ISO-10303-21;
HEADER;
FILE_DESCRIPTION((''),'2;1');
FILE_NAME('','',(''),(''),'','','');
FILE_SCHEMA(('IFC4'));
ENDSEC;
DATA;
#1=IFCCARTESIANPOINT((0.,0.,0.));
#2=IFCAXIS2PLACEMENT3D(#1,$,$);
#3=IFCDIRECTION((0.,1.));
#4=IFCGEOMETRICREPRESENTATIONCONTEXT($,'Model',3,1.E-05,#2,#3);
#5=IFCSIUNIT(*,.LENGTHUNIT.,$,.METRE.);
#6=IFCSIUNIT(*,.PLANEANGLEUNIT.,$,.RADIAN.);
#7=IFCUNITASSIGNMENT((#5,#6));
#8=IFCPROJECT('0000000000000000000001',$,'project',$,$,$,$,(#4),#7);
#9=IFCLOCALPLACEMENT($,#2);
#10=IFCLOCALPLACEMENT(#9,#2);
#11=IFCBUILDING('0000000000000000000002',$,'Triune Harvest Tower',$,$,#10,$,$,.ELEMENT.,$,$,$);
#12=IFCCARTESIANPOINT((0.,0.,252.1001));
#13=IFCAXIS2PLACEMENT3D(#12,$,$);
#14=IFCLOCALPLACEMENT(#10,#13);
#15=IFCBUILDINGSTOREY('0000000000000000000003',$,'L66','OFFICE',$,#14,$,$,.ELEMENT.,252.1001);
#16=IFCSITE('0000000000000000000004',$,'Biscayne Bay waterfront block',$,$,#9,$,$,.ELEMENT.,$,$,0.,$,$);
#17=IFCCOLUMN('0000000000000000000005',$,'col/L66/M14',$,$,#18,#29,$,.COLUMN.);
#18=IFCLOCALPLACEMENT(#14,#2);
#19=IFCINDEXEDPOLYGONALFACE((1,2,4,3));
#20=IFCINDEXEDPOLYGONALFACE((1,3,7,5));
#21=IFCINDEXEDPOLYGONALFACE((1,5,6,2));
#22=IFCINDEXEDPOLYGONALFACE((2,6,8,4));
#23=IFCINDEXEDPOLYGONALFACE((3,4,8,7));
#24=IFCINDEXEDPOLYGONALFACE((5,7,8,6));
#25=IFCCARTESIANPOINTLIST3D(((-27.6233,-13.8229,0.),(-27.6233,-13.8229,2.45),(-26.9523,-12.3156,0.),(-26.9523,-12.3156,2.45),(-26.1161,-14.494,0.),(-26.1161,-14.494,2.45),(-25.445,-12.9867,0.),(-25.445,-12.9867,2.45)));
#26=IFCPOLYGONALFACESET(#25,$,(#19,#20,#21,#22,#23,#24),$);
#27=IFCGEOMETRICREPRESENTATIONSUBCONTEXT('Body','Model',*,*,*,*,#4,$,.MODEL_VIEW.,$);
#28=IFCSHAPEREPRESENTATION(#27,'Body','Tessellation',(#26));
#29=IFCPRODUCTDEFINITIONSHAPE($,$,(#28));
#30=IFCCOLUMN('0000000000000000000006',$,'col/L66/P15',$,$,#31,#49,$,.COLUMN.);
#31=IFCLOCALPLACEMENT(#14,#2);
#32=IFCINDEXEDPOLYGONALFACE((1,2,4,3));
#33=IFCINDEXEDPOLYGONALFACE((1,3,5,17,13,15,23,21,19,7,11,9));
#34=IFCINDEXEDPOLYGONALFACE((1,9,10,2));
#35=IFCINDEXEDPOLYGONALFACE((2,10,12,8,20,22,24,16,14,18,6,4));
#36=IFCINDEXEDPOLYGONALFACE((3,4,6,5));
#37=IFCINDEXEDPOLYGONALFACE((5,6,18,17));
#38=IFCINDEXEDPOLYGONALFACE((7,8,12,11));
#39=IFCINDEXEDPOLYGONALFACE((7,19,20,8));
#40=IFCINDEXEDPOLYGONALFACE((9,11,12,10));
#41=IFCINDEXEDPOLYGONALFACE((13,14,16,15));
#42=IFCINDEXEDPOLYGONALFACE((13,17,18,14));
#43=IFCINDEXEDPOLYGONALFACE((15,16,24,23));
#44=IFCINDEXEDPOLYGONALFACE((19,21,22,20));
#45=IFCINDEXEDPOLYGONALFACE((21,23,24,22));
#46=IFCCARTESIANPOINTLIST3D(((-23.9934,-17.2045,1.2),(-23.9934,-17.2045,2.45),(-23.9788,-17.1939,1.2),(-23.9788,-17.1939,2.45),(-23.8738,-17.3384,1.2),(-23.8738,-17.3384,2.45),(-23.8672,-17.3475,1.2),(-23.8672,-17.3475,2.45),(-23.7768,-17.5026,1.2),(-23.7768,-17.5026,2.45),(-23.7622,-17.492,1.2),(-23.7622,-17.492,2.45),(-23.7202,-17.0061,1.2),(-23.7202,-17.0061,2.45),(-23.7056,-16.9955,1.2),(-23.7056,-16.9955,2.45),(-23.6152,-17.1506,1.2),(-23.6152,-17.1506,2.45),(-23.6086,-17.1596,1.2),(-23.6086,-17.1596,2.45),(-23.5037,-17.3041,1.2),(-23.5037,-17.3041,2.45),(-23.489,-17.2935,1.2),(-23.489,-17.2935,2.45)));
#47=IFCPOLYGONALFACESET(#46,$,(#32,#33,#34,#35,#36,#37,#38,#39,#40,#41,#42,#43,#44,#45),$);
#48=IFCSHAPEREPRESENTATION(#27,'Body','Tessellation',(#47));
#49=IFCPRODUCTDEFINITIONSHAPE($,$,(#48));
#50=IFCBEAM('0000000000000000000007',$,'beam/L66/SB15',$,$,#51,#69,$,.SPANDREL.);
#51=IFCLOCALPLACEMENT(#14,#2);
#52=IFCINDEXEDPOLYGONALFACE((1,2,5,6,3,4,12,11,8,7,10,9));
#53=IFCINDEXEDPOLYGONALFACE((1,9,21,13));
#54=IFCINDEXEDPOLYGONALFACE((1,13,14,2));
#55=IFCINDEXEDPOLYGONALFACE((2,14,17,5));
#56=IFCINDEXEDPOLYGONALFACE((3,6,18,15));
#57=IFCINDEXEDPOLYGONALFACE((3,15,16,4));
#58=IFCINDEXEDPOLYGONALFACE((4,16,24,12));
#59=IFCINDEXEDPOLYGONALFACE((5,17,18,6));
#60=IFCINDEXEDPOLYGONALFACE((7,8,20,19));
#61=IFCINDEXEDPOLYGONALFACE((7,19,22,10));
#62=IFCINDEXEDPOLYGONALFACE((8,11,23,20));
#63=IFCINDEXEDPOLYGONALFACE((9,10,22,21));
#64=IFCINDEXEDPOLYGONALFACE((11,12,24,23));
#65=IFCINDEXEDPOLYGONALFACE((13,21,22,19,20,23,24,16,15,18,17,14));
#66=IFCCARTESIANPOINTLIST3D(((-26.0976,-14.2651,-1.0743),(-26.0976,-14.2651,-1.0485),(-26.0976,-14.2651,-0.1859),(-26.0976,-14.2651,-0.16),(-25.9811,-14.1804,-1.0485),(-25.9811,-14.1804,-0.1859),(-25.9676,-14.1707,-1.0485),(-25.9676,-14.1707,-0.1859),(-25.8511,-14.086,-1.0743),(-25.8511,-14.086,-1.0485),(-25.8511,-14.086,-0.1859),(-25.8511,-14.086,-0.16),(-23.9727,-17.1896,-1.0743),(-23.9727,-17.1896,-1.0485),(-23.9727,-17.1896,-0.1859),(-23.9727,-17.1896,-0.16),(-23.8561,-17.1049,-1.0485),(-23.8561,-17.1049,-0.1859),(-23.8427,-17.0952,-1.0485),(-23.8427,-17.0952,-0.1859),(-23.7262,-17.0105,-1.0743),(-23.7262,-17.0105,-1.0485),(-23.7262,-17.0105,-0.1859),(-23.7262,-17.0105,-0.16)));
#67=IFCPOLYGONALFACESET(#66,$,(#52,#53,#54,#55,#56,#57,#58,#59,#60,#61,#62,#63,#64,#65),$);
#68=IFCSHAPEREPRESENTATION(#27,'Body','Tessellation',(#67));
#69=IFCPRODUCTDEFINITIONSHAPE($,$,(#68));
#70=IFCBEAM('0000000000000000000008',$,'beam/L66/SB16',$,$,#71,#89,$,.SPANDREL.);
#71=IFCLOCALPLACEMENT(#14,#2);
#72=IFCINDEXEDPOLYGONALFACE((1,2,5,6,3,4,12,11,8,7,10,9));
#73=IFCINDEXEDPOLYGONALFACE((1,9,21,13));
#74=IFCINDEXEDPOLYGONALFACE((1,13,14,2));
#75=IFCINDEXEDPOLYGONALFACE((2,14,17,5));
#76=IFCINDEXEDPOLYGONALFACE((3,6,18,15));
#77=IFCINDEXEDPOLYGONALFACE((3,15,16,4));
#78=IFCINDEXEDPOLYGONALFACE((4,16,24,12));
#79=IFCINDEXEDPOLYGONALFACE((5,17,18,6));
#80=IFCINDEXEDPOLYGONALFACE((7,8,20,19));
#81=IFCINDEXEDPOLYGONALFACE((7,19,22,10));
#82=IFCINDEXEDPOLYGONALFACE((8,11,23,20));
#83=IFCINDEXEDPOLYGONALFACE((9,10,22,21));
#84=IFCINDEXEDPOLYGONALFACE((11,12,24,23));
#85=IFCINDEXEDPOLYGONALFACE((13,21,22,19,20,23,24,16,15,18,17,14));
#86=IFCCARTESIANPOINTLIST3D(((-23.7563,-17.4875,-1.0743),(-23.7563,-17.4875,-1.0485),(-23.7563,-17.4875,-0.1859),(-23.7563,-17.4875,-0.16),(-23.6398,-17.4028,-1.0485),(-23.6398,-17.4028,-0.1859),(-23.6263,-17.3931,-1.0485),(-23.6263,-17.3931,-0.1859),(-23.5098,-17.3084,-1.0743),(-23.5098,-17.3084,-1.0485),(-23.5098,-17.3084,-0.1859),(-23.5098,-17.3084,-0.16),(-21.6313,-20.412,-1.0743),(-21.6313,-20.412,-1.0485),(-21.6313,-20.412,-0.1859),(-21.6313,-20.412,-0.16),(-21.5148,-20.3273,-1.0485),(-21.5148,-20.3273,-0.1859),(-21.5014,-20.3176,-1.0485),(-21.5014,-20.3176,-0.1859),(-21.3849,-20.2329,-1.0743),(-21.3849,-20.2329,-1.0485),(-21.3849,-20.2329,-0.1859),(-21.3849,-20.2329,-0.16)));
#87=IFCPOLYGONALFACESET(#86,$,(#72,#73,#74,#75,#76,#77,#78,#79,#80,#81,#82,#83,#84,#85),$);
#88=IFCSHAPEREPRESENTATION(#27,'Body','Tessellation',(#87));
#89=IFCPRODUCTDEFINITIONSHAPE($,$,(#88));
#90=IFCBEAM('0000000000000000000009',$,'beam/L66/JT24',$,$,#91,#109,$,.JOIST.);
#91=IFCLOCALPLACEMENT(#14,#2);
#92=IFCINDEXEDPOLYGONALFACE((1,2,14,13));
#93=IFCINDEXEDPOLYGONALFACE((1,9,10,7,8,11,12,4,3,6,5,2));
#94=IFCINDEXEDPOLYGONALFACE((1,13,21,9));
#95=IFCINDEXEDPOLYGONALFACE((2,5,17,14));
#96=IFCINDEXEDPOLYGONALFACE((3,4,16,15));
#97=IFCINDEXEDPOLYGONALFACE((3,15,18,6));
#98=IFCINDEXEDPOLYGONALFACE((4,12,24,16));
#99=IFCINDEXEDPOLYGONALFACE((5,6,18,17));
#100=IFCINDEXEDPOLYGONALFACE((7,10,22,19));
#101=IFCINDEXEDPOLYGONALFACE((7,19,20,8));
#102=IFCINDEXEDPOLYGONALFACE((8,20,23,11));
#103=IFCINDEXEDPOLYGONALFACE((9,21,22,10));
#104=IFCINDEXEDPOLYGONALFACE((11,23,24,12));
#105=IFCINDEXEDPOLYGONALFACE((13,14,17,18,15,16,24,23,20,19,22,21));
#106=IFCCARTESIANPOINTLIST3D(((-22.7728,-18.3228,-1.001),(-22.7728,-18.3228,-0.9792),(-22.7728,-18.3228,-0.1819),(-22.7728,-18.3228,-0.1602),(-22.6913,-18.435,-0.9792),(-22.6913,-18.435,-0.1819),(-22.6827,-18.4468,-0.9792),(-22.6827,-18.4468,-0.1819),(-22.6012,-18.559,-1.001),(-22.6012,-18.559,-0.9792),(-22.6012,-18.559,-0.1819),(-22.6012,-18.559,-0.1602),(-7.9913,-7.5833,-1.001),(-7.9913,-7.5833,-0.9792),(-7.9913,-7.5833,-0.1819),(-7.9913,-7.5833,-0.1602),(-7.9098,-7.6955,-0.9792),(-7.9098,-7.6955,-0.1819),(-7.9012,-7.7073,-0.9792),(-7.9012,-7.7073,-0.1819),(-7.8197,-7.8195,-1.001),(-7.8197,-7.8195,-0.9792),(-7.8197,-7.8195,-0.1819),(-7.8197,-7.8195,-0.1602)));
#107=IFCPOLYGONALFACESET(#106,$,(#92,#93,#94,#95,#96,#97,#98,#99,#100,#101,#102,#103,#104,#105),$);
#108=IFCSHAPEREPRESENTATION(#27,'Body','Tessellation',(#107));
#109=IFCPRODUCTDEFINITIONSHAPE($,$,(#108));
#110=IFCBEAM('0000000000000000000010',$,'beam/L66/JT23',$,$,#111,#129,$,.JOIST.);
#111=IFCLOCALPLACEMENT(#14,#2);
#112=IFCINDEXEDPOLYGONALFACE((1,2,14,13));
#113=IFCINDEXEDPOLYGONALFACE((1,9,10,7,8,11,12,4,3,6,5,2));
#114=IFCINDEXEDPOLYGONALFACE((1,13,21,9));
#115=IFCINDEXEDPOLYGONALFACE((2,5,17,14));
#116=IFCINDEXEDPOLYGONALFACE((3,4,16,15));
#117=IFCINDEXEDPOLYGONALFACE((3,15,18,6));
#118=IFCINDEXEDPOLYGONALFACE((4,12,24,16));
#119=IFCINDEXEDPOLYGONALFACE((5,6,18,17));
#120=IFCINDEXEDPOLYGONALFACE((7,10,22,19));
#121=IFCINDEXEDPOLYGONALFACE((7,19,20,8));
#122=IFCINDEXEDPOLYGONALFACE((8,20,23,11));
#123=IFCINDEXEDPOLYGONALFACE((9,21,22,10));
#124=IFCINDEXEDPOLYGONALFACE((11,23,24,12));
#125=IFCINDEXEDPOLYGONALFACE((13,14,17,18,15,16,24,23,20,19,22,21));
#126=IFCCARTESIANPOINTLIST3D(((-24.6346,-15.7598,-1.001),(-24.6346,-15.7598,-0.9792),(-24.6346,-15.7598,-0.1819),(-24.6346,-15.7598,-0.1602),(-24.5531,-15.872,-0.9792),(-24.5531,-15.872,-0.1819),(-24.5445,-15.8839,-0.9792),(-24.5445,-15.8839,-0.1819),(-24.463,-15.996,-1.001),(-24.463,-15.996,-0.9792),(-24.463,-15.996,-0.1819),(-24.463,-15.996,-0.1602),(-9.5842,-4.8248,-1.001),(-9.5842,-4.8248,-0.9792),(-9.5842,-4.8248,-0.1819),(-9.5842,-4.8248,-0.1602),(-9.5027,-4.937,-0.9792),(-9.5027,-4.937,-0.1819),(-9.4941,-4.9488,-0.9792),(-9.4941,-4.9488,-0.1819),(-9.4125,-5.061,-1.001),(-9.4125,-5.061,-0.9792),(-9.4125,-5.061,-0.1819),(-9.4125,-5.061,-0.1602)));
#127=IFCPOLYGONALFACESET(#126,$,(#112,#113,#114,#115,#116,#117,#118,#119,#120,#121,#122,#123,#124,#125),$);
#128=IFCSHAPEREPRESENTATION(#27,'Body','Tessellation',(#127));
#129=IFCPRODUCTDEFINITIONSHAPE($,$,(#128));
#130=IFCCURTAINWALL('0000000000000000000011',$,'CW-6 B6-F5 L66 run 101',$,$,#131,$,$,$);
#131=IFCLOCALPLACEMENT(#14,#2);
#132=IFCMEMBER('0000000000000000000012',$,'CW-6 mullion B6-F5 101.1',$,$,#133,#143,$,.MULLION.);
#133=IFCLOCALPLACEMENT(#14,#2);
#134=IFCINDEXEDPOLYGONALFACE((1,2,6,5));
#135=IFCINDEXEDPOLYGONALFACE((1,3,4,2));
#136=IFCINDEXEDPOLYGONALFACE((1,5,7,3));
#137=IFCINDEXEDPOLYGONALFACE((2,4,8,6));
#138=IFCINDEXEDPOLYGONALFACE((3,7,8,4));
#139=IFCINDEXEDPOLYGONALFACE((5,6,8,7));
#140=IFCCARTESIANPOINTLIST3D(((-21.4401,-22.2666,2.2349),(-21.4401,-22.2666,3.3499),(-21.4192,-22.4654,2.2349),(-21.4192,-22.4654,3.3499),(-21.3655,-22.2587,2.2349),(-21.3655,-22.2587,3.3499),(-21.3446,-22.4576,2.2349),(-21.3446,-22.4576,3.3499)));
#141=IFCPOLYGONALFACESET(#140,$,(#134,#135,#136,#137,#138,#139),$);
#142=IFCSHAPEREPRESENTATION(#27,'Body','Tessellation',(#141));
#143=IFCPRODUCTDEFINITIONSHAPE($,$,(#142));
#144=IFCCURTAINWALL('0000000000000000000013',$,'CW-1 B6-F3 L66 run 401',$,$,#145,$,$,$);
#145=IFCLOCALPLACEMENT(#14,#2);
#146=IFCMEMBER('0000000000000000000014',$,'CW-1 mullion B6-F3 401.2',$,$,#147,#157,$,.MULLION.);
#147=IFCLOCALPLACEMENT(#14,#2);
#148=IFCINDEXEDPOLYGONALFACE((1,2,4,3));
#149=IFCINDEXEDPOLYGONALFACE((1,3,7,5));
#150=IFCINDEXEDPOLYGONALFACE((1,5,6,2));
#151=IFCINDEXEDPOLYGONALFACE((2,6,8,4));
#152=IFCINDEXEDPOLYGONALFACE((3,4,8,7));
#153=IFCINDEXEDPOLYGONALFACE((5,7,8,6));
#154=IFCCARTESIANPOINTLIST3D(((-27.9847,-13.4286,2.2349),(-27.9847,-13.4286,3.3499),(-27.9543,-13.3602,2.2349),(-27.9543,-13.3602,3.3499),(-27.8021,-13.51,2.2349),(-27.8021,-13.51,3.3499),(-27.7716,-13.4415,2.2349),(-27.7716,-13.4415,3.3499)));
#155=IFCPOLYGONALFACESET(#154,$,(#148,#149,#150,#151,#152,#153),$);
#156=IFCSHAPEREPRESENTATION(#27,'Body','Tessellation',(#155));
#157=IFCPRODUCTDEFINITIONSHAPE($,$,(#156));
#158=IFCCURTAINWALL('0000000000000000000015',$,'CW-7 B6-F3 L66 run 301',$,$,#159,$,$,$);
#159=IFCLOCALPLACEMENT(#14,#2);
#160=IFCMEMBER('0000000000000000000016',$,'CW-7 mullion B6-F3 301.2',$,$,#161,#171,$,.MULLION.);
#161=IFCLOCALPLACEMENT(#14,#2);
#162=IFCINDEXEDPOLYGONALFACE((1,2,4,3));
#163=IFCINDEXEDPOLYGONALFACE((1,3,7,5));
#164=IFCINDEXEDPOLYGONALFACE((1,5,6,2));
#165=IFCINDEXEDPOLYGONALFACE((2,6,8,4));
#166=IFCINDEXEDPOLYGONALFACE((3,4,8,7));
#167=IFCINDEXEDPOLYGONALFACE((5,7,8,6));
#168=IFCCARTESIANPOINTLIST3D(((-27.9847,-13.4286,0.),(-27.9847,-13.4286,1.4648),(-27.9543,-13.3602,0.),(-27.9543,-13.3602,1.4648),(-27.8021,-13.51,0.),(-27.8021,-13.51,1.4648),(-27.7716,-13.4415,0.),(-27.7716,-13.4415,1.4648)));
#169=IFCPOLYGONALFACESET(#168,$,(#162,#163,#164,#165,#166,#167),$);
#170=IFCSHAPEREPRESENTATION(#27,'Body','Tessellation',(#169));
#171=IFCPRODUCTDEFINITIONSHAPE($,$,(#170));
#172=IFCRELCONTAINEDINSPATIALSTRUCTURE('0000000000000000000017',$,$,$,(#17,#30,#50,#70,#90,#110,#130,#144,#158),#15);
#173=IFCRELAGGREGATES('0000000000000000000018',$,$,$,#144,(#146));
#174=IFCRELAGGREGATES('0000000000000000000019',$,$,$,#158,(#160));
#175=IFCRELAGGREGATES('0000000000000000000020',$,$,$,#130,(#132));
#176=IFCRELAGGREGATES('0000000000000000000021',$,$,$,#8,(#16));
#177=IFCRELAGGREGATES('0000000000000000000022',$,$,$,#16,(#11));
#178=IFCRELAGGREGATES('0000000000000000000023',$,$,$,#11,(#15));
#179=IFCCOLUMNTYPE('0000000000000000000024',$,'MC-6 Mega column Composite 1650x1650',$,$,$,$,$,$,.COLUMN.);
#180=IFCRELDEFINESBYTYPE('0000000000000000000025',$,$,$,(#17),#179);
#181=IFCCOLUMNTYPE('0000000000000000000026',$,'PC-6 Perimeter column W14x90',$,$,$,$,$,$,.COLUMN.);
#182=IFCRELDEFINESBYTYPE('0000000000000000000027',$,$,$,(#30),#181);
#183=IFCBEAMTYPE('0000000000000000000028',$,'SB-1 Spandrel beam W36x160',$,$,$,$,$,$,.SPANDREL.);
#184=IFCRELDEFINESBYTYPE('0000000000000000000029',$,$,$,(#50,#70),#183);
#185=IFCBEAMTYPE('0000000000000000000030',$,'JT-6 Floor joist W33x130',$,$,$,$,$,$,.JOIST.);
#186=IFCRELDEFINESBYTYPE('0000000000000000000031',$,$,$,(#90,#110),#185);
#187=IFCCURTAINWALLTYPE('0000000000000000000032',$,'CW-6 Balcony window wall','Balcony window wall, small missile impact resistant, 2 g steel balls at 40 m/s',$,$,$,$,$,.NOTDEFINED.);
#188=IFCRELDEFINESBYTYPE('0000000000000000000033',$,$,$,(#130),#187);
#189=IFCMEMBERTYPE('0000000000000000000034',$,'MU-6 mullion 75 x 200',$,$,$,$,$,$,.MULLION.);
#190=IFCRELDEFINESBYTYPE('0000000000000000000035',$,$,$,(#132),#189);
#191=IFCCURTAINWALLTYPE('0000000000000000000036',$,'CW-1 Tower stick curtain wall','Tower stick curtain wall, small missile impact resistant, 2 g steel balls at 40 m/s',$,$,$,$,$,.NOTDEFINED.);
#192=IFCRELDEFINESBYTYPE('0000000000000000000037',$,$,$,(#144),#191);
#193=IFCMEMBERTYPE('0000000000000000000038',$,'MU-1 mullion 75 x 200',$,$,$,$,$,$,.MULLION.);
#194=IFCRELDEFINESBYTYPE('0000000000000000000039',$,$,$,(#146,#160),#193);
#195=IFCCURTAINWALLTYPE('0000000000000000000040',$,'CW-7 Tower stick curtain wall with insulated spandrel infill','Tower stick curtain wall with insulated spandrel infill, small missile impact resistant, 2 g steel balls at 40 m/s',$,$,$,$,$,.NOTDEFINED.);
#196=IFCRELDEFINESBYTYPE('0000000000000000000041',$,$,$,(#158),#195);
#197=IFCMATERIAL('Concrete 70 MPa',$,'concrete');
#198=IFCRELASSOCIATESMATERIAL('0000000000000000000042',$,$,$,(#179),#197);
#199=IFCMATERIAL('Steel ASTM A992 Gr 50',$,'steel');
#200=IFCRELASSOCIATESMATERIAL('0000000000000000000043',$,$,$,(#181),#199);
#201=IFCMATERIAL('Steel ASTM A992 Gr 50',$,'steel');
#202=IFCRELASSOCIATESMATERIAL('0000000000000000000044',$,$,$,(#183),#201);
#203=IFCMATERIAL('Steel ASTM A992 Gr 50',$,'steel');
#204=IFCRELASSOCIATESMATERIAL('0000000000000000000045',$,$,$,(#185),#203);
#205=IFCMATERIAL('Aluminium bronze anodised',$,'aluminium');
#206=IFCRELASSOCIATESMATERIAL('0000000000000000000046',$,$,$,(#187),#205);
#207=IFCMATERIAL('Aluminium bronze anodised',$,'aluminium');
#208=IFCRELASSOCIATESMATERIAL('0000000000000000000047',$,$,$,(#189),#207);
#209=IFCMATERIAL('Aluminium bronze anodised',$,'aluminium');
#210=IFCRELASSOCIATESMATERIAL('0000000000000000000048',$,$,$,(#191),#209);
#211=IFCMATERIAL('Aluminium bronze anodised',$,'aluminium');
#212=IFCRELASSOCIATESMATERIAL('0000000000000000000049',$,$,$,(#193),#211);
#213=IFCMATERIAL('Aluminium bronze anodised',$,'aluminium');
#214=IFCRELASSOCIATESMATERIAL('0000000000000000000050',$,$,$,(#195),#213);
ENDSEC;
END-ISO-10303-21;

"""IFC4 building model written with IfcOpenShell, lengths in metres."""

from ifc_helpers import new_model, si_unit, direction, frame, origin, origin_2d, place, context, subcontext, project, spatial, rectangle, i_section, extrude, source, transform, mapped, material, material_profile, profile_set, type_object, element, aggregate, save


model = new_model("IFC4")

# Units and contexts
model_context = context("Model", 3, precision=1e-05, world=origin(), true_north=direction((0.0, 1.0)))
body_context = subcontext(model_context, "Body", "Model", "MODEL_VIEW")
ifc_project = project(units=[si_unit("LENGTHUNIT", "METRE"), si_unit("PLANEANGLEUNIT", "RADIAN")], contexts=[model_context])

# Site, building, storey
site_placement = place(None, origin())
site = spatial("IfcSite", under=ifc_project, at=site_placement, Name="Biscayne Bay waterfront block", CompositionType="ELEMENT", RefElevation=0.0)
building_placement = place(site_placement, origin())
building = spatial("IfcBuilding", under=site, at=building_placement, Name="Triune Harvest Tower", CompositionType="ELEMENT")
storey_placement = place(building_placement, frame((0.0, 0.0, 252.1001)))
storey = spatial("IfcBuildingStorey", under=building, at=storey_placement, Name="L66", Description="OFFICE", CompositionType="ELEMENT", Elevation=252.1001)

# Columns
ifc_material_1 = material(Name="Concrete 70 MPa", Category="concrete")
ifc_material_profile_1 = material_profile(ifc_material_1, rectangle(XDim=1.6499, YDim=1.6499, at=origin_2d()), Name="Composite 1650x1650")
ifc_profile_set_1 = profile_set([ifc_material_profile_1], Name="Concrete 70 MPa")
column_type_1 = type_object("IfcColumnType", Name="MC-6 Mega column Composite 1650x1650", PredefinedType="COLUMN", material=ifc_profile_set_1)
shared_shape_1 = source(origin(), body_context, "Body", "SweptSolid", [
    extrude(rectangle(XDim=1.6499, YDim=1.6499, at=origin_2d()), origin(), (0.0, 0.0, 1.0), 2.45),
])
column_1_placement = place(storey_placement, frame((-26.5342, -13.4048, 0.0), z_axis=(0.0, 0.0, 1.0), x_axis=(-0.406738, -0.913545, 0.0)))
element("IfcColumn", 1, at=column_1_placement, inside=storey, type_object=column_type_1, Name="col/L66/M14", PredefinedType="COLUMN", context=body_context, shape_type="MappedRepresentation", body=[
    mapped(shared_shape_1, transform((0.0, 0.0, 0.0), scale=1.0)),
])
ifc_material_2 = material(Name="Steel ASTM A992 Gr 50", Category="steel")
ifc_material_profile_2 = material_profile(ifc_material_2, i_section(OverallWidth=0.3684, OverallDepth=0.3557, WebThickness=0.0112, FlangeThickness=0.0181, at=origin_2d()), Name="W14x90")
ifc_profile_set_2 = profile_set([ifc_material_profile_2], Name="Steel ASTM A992 Gr 50")
column_type_2 = type_object("IfcColumnType", Name="PC-6 Perimeter column W14x90", PredefinedType="COLUMN", material=ifc_profile_set_2)
shared_shape_2 = source(origin(), body_context, "Body", "SweptSolid", [
    extrude(i_section(OverallWidth=0.3684, OverallDepth=0.3557, WebThickness=0.0112, FlangeThickness=0.0181, at=origin_2d()), origin(), (0.0, 0.0, 1.0), 1.25),
])
column_2_placement = place(storey_placement, frame((-23.7412, -17.249, 1.2), z_axis=(0.0, 0.0, 1.0), x_axis=(0.587785, -0.809017, 0.0)))
element("IfcColumn", 2, at=column_2_placement, inside=storey, type_object=column_type_2, Name="col/L66/P15", PredefinedType="COLUMN", context=body_context, shape_type="MappedRepresentation", body=[
    mapped(shared_shape_2, transform((0.0, 0.0, 0.0), scale=1.0)),
])

# Beams
ifc_material_3 = material(Name="Steel ASTM A992 Gr 50", Category="steel")
ifc_material_profile_3 = material_profile(ifc_material_3, i_section(OverallWidth=0.3047, OverallDepth=0.9143, WebThickness=0.0166, FlangeThickness=0.0259, at=origin_2d()), Name="W36x160")
ifc_profile_set_3 = profile_set([ifc_material_profile_3], Name="Steel ASTM A992 Gr 50")
beam_type_1 = type_object("IfcBeamType", Name="SB-1 Spandrel beam W36x160", PredefinedType="SPANDREL", material=ifc_profile_set_3)
shared_shape_3 = source(origin(), body_context, "Body", "SweptSolid", [
    extrude(i_section(OverallWidth=0.3047, OverallDepth=0.9143, WebThickness=0.0166, FlangeThickness=0.0259, at=origin_2d()), origin(), (0.0, 0.0, 1.0), 3.615),
])
for number, where, z_axis, x_axis, name in (
    (3, (-25.9744, -14.1755, -0.6172), (0.587818, -0.808993, 0.0), (0.808993, 0.587818, 0.0), "beam/L66/SB15"),
    (4, (-23.6331, -17.3979, -0.6172), (0.587818, -0.808993, 0.0), (0.808993, 0.587818, 0.0), "beam/L66/SB16"),
):
    element("IfcBeam", number, at=place(storey_placement, frame(where, z_axis=z_axis, x_axis=x_axis)), inside=storey, type_object=beam_type_1, Name=name, PredefinedType="SPANDREL", context=body_context, shape_type="MappedRepresentation", body=[
        mapped(shared_shape_3, transform((0.0, 0.0, 0.0), scale=1.0)),
    ])
ifc_material_4 = material(Name="Steel ASTM A992 Gr 50", Category="steel")
ifc_material_profile_4 = material_profile(ifc_material_4, i_section(OverallWidth=0.292, OverallDepth=0.8408, WebThickness=0.0146, FlangeThickness=0.0217, at=origin_2d()), Name="W33x130")
ifc_profile_set_4 = profile_set([ifc_material_profile_4], Name="Steel ASTM A992 Gr 50")
beam_type_2 = type_object("IfcBeamType", Name="JT-6 Floor joist W33x130", PredefinedType="JOIST", material=ifc_profile_set_4)
shared_shape_4 = source(origin(), body_context, "Body", "SweptSolid", [
    extrude(i_section(OverallWidth=0.292, OverallDepth=0.8408, WebThickness=0.0146, FlangeThickness=0.0217, at=origin_2d()), origin(), (0.0, 0.0, 1.0), 18.271),
])
beam_1_placement = place(storey_placement, frame((-22.687, -18.4409, -0.5806), z_axis=(0.809014, 0.587789, 0.0), x_axis=(-0.587789, 0.809014, 0.0)))
element("IfcBeam", 5, at=beam_1_placement, inside=storey, type_object=beam_type_2, Name="beam/L66/JT24", PredefinedType="JOIST", context=body_context, shape_type="MappedRepresentation", body=[
    mapped(shared_shape_4, transform((0.0, 0.0, 0.0), scale=1.0)),
])
shared_shape_5 = source(origin(), body_context, "Body", "SweptSolid", [
    extrude(i_section(OverallWidth=0.292, OverallDepth=0.8408, WebThickness=0.0146, FlangeThickness=0.0217, at=origin_2d()), origin(), (0.0, 0.0, 1.0), 18.6035),
])
beam_2_placement = place(storey_placement, frame((-24.5488, -15.8779, -0.5806), z_axis=(0.809012, 0.587792, 0.0), x_axis=(-0.587792, 0.809012, 0.0)))
element("IfcBeam", 6, at=beam_2_placement, inside=storey, type_object=beam_type_2, Name="beam/L66/JT23", PredefinedType="JOIST", context=body_context, shape_type="MappedRepresentation", body=[
    mapped(shared_shape_5, transform((0.0, 0.0, 0.0), scale=1.0)),
])

# Curtain walls, members
ifc_material_5 = material(Name="Aluminium bronze anodised", Category="aluminium")
curtain_wall_type_1 = type_object("IfcCurtainWallType", Name="CW-6 Balcony window wall", Description="Balcony window wall, small missile impact resistant, 2 g steel balls at 40 m/s", PredefinedType="NOTDEFINED", material=ifc_material_5)
curtain_wall_1_placement = place(storey_placement, origin())
curtain_wall_1 = element("IfcCurtainWall", 7, at=curtain_wall_1_placement, inside=storey, type_object=curtain_wall_type_1, Name="CW-6 B6-F5 L66 run 101")
ifc_material_6 = material(Name="Aluminium bronze anodised", Category="aluminium")
ifc_material_profile_5 = material_profile(ifc_material_6, rectangle(XDim=0.2, YDim=0.075, at=origin_2d()), Name="MU-6 mullion 75 x 200")
ifc_profile_set_5 = profile_set([ifc_material_profile_5], Name="Aluminium bronze anodised")
member_type_1 = type_object("IfcMemberType", Name="MU-6 mullion 75 x 200", PredefinedType="MULLION", material=ifc_profile_set_5)
shared_shape_6 = source(origin(), body_context, "Body", "SweptSolid", [
    extrude(rectangle(XDim=0.2, YDim=0.075, at=origin_2d()), origin(), (0.0, 0.0, 1.0), 1.115),
])
member_1_placement = place(storey_placement, frame((-21.3923, -22.3621, 2.2349), z_axis=(0.0, 0.0, 1.0), x_axis=(-0.104539, 0.994521, 0.0)))
member_1 = element("IfcMember", 8, at=member_1_placement, type_object=member_type_1, Name="CW-6 mullion B6-F5 101.1", PredefinedType="MULLION", context=body_context, shape_type="MappedRepresentation", body=[
    mapped(shared_shape_6, transform((0.0, 0.0, 0.0), scale=1.0)),
])
ifc_material_7 = material(Name="Aluminium bronze anodised", Category="aluminium")
curtain_wall_type_2 = type_object("IfcCurtainWallType", Name="CW-1 Tower stick curtain wall", Description="Tower stick curtain wall, small missile impact resistant, 2 g steel balls at 40 m/s", PredefinedType="NOTDEFINED", material=ifc_material_7)
curtain_wall_2_placement = place(storey_placement, origin())
curtain_wall_2 = element("IfcCurtainWall", 9, at=curtain_wall_2_placement, inside=storey, type_object=curtain_wall_type_2, Name="CW-1 B6-F3 L66 run 401")
ifc_material_8 = material(Name="Aluminium bronze anodised", Category="aluminium")
ifc_material_profile_6 = material_profile(ifc_material_8, rectangle(XDim=0.2, YDim=0.075, at=origin_2d()), Name="MU-1 mullion 75 x 200")
ifc_profile_set_6 = profile_set([ifc_material_profile_6], Name="Aluminium bronze anodised")
member_type_2 = type_object("IfcMemberType", Name="MU-1 mullion 75 x 200", PredefinedType="MULLION", material=ifc_profile_set_6)
shared_shape_7 = source(origin(), body_context, "Body", "SweptSolid", [
    extrude(rectangle(XDim=0.2, YDim=0.075, at=origin_2d()), origin(), (0.0, 0.0, 1.0), 1.115),
])
member_2_placement = place(storey_placement, frame((-27.8782, -13.4351, 2.2349), z_axis=(0.0, 0.0, 1.0), x_axis=(0.913555, -0.406716, 0.0)))
member_2 = element("IfcMember", 10, at=member_2_placement, type_object=member_type_2, Name="CW-1 mullion B6-F3 401.2", PredefinedType="MULLION", context=body_context, shape_type="MappedRepresentation", body=[
    mapped(shared_shape_7, transform((0.0, 0.0, 0.0), scale=1.0)),
])
aggregate(curtain_wall_2, [member_2])
ifc_material_9 = material(Name="Aluminium bronze anodised", Category="aluminium")
curtain_wall_type_3 = type_object("IfcCurtainWallType", Name="CW-7 Tower stick curtain wall with insulated spandrel infill", Description="Tower stick curtain wall with insulated spandrel infill, small missile impact resistant, 2 g steel balls at 40 m/s", PredefinedType="NOTDEFINED", material=ifc_material_9)
curtain_wall_3_placement = place(storey_placement, origin())
curtain_wall_3 = element("IfcCurtainWall", 11, at=curtain_wall_3_placement, inside=storey, type_object=curtain_wall_type_3, Name="CW-7 B6-F3 L66 run 301")
shared_shape_8 = source(origin(), body_context, "Body", "SweptSolid", [
    extrude(rectangle(XDim=0.2, YDim=0.075, at=origin_2d()), origin(), (0.0, 0.0, 1.0), 1.4648),
])
member_3_placement = place(storey_placement, frame((-27.8782, -13.4351, 0.0), z_axis=(0.0, 0.0, 1.0), x_axis=(0.913555, -0.406716, 0.0)))
member_3 = element("IfcMember", 12, at=member_3_placement, type_object=member_type_2, Name="CW-7 mullion B6-F3 301.2", PredefinedType="MULLION", context=body_context, shape_type="MappedRepresentation", body=[
    mapped(shared_shape_8, transform((0.0, 0.0, 0.0), scale=1.0)),
])
aggregate(curtain_wall_3, [member_3])

aggregate(curtain_wall_1, [member_1])

save(model, "model.ifc")
